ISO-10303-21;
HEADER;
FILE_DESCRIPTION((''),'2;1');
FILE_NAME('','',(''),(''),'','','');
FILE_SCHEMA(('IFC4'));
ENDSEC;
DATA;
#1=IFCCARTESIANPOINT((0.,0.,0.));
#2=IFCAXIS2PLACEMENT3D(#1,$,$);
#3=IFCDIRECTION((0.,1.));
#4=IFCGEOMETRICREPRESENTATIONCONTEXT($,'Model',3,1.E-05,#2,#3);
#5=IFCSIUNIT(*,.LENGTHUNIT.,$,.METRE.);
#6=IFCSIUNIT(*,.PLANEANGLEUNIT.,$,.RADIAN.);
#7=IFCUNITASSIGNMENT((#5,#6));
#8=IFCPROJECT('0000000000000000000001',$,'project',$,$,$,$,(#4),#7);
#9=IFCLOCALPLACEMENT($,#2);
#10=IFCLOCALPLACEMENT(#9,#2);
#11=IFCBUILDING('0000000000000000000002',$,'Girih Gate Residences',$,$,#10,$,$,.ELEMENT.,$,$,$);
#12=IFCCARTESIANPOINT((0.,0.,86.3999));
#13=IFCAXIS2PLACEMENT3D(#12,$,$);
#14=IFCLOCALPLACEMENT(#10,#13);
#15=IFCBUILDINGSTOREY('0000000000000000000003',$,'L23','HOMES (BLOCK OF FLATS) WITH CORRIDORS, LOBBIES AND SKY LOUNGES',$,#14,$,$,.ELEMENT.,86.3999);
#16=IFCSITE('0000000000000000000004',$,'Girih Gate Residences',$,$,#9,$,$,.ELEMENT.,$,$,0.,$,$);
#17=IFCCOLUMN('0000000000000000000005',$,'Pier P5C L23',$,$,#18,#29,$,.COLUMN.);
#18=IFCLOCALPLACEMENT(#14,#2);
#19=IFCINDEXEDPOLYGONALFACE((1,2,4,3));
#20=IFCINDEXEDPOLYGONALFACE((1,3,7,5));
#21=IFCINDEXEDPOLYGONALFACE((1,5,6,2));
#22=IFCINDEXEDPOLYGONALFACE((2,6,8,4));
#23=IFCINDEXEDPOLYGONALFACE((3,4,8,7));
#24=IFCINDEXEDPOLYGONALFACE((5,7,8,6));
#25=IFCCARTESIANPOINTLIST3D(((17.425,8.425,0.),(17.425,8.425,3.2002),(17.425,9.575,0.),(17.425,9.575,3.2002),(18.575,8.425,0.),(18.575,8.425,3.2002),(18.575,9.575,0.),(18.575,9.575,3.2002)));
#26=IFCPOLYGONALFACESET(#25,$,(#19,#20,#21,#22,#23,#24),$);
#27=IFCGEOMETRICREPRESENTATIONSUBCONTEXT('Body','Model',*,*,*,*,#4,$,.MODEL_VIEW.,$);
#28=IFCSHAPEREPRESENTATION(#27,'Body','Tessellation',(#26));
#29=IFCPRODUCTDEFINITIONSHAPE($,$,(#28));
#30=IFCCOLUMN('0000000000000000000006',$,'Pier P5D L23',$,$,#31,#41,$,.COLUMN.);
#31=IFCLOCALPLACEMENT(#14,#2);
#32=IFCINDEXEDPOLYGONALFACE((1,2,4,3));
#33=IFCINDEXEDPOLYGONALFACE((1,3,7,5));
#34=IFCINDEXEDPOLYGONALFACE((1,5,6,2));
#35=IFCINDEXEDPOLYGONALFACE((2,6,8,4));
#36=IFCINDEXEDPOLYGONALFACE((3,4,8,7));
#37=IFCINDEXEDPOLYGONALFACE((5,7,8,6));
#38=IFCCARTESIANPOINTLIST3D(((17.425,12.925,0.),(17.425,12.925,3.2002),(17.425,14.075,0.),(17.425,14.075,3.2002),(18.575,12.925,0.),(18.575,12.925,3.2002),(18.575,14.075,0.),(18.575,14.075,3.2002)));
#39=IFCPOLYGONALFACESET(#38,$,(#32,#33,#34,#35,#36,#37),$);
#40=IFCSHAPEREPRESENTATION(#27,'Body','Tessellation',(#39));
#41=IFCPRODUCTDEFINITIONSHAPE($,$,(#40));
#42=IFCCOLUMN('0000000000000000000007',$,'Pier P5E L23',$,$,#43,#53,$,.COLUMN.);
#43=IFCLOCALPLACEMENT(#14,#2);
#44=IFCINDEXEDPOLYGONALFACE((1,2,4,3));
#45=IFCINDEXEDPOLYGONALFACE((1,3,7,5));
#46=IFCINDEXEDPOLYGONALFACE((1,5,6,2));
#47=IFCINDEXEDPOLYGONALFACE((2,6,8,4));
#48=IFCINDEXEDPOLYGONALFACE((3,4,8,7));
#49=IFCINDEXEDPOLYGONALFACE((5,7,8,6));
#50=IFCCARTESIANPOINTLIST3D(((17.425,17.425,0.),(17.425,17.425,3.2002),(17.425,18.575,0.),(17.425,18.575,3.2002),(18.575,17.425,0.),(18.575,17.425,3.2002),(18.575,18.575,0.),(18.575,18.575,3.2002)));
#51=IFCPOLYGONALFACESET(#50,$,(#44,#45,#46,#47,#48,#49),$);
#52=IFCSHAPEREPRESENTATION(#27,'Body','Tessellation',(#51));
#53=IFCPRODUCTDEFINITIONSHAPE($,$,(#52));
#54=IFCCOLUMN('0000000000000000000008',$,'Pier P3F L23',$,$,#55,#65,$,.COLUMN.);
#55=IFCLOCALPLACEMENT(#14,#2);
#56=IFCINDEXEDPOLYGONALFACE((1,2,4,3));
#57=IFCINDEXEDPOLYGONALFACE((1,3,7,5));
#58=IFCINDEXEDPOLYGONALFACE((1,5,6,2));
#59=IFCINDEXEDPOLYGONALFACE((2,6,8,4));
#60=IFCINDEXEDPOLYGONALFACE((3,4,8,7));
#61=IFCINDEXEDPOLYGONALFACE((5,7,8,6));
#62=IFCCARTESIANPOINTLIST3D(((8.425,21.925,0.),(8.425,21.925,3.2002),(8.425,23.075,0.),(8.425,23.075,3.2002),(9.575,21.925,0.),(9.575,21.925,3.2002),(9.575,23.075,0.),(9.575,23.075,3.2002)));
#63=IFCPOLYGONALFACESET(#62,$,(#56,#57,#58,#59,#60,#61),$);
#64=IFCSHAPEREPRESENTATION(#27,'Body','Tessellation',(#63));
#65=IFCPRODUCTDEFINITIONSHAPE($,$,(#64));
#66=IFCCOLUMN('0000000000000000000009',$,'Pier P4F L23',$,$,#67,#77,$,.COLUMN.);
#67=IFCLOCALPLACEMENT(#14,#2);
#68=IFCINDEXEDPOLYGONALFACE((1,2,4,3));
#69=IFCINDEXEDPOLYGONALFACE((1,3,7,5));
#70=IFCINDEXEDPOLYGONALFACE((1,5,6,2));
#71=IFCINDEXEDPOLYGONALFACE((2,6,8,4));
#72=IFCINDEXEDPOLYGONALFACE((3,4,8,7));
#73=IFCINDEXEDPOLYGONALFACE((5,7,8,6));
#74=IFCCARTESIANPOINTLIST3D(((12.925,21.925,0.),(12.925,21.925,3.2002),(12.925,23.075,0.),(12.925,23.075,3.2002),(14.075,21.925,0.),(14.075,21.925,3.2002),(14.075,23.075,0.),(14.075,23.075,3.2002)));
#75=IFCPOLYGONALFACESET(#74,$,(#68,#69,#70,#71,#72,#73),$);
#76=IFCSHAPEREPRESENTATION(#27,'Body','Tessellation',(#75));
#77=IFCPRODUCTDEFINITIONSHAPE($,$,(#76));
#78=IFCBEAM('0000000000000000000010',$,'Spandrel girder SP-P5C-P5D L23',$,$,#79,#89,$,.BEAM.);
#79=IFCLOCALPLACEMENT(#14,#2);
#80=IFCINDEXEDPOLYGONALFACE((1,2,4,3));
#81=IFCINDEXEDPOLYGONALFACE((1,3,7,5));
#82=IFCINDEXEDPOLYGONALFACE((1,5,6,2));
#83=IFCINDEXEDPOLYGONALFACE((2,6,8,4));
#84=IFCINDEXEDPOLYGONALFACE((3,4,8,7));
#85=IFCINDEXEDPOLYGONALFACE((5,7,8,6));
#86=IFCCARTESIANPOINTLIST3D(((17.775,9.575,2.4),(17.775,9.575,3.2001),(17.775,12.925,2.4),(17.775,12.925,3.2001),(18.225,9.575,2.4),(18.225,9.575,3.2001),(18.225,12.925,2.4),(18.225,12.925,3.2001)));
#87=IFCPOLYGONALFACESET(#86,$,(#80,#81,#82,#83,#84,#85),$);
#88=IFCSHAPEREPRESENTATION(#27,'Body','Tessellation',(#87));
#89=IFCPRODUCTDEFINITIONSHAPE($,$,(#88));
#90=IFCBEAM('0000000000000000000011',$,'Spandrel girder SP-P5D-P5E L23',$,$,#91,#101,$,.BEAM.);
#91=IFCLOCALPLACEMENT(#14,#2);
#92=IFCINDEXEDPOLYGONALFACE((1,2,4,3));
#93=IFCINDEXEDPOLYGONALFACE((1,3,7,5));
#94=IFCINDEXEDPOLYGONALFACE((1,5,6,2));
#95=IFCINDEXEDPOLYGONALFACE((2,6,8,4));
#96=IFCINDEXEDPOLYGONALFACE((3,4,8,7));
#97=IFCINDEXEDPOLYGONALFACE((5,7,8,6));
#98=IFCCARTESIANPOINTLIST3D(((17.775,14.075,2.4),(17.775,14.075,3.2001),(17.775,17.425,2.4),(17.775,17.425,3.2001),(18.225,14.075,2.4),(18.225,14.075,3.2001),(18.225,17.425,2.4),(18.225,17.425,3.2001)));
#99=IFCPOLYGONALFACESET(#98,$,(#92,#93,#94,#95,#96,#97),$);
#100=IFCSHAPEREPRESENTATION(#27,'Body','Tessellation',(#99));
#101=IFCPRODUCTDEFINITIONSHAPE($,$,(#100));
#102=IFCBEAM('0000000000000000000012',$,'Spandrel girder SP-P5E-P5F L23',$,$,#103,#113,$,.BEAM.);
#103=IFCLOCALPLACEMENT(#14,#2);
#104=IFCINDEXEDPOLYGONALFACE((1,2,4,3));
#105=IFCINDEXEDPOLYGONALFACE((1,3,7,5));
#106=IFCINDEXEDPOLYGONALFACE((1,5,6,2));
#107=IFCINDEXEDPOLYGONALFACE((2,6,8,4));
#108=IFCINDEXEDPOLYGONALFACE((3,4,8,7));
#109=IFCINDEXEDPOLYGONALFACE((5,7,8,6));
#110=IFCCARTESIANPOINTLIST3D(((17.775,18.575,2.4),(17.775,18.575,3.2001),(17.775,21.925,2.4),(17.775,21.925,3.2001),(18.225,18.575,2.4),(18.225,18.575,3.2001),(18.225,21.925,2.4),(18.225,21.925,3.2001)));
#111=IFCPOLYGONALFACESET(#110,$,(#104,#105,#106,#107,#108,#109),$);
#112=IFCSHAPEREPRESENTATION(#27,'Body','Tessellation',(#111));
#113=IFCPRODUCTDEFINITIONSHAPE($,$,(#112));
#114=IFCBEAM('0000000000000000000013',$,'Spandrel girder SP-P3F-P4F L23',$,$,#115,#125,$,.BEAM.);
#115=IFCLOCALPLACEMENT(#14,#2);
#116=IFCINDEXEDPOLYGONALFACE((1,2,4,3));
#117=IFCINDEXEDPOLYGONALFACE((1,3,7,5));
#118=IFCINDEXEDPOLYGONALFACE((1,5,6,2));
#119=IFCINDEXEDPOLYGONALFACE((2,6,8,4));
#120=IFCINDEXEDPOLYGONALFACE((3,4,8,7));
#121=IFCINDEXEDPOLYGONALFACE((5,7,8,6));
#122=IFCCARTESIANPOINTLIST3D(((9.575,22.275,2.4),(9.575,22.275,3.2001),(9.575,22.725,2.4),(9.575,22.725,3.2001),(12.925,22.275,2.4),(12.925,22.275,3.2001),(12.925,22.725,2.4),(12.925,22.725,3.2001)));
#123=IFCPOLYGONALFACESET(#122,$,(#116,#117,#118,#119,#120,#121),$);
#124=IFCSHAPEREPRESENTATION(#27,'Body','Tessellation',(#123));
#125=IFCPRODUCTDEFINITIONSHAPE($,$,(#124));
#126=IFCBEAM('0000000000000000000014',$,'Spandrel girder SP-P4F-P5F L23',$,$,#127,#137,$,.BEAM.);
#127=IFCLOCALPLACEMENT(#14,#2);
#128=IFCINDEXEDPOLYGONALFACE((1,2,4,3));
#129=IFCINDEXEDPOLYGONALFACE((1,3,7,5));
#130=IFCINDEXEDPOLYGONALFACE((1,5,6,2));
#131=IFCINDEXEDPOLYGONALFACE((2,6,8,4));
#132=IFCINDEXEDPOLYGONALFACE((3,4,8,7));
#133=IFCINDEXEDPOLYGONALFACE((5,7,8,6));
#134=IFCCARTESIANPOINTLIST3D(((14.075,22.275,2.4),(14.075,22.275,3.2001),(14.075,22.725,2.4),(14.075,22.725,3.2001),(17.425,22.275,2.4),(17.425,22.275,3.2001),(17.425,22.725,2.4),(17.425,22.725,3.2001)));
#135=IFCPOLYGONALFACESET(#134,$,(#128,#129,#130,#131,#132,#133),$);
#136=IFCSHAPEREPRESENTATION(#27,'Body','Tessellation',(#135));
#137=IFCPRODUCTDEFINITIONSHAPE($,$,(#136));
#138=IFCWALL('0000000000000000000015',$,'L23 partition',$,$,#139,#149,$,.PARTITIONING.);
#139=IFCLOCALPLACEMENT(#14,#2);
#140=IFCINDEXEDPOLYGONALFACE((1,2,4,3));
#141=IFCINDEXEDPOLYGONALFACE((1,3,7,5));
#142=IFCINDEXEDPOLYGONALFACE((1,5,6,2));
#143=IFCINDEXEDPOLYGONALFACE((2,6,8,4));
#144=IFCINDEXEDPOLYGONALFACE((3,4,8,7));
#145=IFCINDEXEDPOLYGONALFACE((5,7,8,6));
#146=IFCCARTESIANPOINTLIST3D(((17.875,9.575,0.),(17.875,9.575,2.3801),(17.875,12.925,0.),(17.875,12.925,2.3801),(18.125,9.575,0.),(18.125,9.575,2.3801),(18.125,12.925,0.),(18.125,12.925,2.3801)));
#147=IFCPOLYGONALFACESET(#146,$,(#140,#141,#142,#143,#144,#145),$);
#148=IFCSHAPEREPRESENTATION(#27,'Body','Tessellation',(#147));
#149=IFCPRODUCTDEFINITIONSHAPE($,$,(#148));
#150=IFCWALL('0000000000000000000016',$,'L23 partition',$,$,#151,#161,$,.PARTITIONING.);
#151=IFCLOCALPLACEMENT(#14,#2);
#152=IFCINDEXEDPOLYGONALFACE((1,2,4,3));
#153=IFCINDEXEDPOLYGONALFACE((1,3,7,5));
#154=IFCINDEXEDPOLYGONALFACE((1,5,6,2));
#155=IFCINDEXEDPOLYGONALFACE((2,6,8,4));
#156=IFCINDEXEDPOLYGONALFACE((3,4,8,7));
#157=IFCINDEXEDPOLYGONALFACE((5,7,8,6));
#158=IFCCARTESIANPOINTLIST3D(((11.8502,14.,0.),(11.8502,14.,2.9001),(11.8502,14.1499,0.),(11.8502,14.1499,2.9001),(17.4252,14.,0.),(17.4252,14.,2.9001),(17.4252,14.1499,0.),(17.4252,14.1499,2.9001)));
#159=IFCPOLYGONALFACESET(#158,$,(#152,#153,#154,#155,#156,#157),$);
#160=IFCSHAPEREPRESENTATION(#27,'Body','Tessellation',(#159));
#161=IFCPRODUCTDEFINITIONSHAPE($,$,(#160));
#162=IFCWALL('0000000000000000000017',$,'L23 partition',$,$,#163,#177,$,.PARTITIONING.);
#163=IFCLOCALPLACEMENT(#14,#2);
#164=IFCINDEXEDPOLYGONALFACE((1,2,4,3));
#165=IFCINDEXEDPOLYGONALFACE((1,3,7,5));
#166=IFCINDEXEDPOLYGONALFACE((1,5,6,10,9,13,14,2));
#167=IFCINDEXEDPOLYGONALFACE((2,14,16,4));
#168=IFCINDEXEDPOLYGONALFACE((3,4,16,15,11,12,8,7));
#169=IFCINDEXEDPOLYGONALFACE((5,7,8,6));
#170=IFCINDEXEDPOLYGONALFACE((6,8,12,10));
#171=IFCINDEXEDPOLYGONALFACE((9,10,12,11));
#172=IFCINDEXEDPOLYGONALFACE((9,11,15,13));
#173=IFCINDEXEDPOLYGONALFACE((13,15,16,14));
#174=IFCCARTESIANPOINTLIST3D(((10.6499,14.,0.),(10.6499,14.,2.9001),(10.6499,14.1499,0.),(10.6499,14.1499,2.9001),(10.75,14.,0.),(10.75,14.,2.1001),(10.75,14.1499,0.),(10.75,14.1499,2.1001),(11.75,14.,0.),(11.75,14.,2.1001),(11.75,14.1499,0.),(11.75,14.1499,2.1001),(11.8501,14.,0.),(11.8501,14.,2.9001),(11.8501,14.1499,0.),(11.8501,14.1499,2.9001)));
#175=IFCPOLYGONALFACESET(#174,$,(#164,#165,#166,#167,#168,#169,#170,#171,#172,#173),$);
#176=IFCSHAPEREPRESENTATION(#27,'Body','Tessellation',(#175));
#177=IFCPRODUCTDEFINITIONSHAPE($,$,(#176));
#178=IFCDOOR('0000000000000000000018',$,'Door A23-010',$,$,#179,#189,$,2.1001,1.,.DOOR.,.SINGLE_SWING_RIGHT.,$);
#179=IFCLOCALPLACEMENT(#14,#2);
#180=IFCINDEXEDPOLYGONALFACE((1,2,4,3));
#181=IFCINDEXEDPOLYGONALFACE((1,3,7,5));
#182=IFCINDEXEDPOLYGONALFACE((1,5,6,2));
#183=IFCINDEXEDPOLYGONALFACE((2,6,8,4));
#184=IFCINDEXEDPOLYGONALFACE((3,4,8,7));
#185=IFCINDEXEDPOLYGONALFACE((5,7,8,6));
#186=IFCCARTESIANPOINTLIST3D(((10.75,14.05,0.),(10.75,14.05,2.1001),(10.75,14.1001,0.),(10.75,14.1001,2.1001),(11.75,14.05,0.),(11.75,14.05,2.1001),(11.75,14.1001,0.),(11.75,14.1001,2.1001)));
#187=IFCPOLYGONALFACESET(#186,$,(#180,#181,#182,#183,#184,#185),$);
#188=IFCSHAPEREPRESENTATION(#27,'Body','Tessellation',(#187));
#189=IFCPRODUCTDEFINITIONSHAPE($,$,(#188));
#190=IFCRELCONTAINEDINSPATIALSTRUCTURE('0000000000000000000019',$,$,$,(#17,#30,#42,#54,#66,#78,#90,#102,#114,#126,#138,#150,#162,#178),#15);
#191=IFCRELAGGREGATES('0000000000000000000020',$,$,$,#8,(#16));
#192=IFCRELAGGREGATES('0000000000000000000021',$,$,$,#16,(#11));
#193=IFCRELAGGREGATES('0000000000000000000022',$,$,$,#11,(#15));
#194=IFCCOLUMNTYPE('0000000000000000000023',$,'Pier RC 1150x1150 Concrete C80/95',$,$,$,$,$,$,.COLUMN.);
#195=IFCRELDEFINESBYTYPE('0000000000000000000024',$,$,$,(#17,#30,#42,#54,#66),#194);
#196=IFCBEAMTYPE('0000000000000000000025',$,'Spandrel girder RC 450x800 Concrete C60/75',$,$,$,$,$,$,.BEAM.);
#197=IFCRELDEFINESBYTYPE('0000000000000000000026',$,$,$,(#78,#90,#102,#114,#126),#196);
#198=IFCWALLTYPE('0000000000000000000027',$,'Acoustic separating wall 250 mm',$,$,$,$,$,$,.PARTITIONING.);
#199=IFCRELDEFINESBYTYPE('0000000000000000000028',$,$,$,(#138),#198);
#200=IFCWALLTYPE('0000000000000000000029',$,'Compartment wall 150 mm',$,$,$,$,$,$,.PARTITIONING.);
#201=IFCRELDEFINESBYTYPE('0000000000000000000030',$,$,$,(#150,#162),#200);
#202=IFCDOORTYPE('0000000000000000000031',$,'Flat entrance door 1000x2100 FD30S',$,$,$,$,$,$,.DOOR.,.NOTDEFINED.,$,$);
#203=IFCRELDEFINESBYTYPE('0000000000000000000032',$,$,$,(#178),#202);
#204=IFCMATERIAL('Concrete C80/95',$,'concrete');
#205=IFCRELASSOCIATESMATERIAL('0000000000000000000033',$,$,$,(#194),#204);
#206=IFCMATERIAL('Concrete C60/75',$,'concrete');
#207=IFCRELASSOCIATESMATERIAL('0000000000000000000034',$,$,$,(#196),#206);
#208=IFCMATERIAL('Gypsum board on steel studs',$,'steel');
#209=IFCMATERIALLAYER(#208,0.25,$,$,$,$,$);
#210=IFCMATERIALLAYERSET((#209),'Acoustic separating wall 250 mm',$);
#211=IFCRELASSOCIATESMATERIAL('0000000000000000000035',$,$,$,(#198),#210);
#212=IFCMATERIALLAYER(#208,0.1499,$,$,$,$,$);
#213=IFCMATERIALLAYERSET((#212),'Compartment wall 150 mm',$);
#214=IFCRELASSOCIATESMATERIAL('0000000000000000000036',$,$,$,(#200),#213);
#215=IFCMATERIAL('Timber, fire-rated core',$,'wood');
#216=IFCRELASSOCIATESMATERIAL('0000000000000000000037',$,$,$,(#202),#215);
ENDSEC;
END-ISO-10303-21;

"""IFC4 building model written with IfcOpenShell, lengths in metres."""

from ifc_helpers import new_model, si_unit, direction, frame, frame_2d, origin, origin_2d, place, context, subcontext, project, spatial, rectangle, extrude, material, layer, layer_set, material_profile, profile_set, type_object, element, fill, save


model = new_model("IFC4")

# Units and contexts
model_context = context("Model", 3, precision=1e-05, world=origin(), true_north=direction((0.0, 1.0)))
body_context = subcontext(model_context, "Body", "Model", "MODEL_VIEW")
ifc_project = project(units=[si_unit("LENGTHUNIT", "METRE"), si_unit("PLANEANGLEUNIT", "RADIAN")], contexts=[model_context])

# Site, building, storey
site_placement = place(None, origin())
site = spatial("IfcSite", under=ifc_project, at=site_placement, Name="Girih Gate Residences", CompositionType="ELEMENT", RefElevation=0.0)
building_placement = place(site_placement, origin())
building = spatial("IfcBuilding", under=site, at=building_placement, Name="Girih Gate Residences", CompositionType="ELEMENT")
storey_placement = place(building_placement, frame((0.0, 0.0, 86.3999)))
storey = spatial("IfcBuildingStorey", under=building, at=storey_placement, Name="L23", Description="HOMES (BLOCK OF FLATS) WITH CORRIDORS, LOBBIES AND SKY LOUNGES", CompositionType="ELEMENT", Elevation=86.3999)

# Columns
ifc_material_1 = material(Name="Concrete C80/95", Category="concrete")
ifc_material_profile_1 = material_profile(ifc_material_1, rectangle(XDim=1.1499, YDim=1.1499, at=origin_2d()))
ifc_profile_set_1 = profile_set([ifc_material_profile_1], Name="Concrete C80/95")
column_type = type_object("IfcColumnType", Name="Pier RC 1150x1150 Concrete C80/95", PredefinedType="COLUMN", material=ifc_profile_set_1)
for number, where, z_axis, x_axis, name in (
    (1, (18.0, 9.0, 0.0), (0.0, 0.0, 1.0), (1.0, 0.0, 0.0), "Pier P5C L23"),
    (2, (18.0, 13.5, 0.0), (0.0, 0.0, 1.0), (1.0, 0.0, 0.0), "Pier P5D L23"),
    (3, (18.0, 18.0, 0.0), (0.0, 0.0, 1.0), (1.0, 0.0, 0.0), "Pier P5E L23"),
    (4, (9.0, 22.5, 0.0), (0.0, 0.0, 1.0), (1.0, 0.0, 0.0), "Pier P3F L23"),
    (5, (13.5, 22.5, 0.0), (0.0, 0.0, 1.0), (1.0, 0.0, 0.0), "Pier P4F L23"),
):
    element("IfcColumn", number, at=place(storey_placement, frame(where, z_axis=z_axis, x_axis=x_axis)), inside=storey, type_object=column_type, Name=name, PredefinedType="COLUMN", context=body_context, shape_type="SweptSolid", body=[
        extrude(rectangle(XDim=1.1499, YDim=1.1499, at=origin_2d()), origin(), (0.0, 0.0, 1.0), 3.2002),
    ])

# Beams
ifc_material_2 = material(Name="Concrete C60/75", Category="concrete")
ifc_material_profile_2 = material_profile(ifc_material_2, rectangle(XDim=0.45, YDim=0.8, at=origin_2d()))
ifc_profile_set_2 = profile_set([ifc_material_profile_2], Name="Concrete C60/75")
beam_type = type_object("IfcBeamType", Name="Spandrel girder RC 450x800 Concrete C60/75", PredefinedType="BEAM", material=ifc_profile_set_2)
for number, where, z_axis, x_axis, name in (
    (6, (18.0, 9.575, 2.8), (0.0, 1.0, 0.0), (-1.0, 0.0, 0.0), "Spandrel girder SP-P5C-P5D L23"),
    (7, (18.0, 14.075, 2.8), (0.0, 1.0, 0.0), (-1.0, 0.0, 0.0), "Spandrel girder SP-P5D-P5E L23"),
    (8, (18.0, 18.575, 2.8), (0.0, 1.0, 0.0), (-1.0, 0.0, 0.0), "Spandrel girder SP-P5E-P5F L23"),
    (9, (9.575, 22.5, 2.8), (1.0, 0.0, 0.0), (0.0, 1.0, 0.0), "Spandrel girder SP-P3F-P4F L23"),
    (10, (14.075, 22.5, 2.8), (1.0, 0.0, 0.0), (0.0, 1.0, 0.0), "Spandrel girder SP-P4F-P5F L23"),
):
    element("IfcBeam", number, at=place(storey_placement, frame(where, z_axis=z_axis, x_axis=x_axis)), inside=storey, type_object=beam_type, Name=name, PredefinedType="BEAM", context=body_context, shape_type="SweptSolid", body=[
        extrude(rectangle(XDim=0.45, YDim=0.8, at=origin_2d()), origin(), (0.0, 0.0, 1.0), 3.3501),
    ])

# Walls
ifc_material_3 = material(Name="Gypsum board on steel studs", Category="steel")
ifc_layer_1 = layer(ifc_material_3, 0.25)
ifc_layer_set_1 = layer_set([ifc_layer_1], Name="Acoustic separating wall 250 mm")
wall_type_1 = type_object("IfcWallType", Name="Acoustic separating wall 250 mm", PredefinedType="PARTITIONING", material=ifc_layer_set_1)
wall_1_placement = place(storey_placement, frame((18.0, 9.575, 0.0), z_axis=(0.0, 0.0, 1.0), x_axis=(0.0, 1.0, 0.0)))
element("IfcWall", 11, at=wall_1_placement, inside=storey, type_object=wall_type_1, Name="L23 partition", PredefinedType="PARTITIONING", context=body_context, shape_type="SweptSolid", body=[
    extrude(rectangle(XDim=3.3501, YDim=0.25, at=frame_2d((1.675, 0.0))), origin(), (0.0, 0.0, 1.0), 2.3801),
])
ifc_layer_2 = layer(ifc_material_3, 0.1499)
ifc_layer_set_2 = layer_set([ifc_layer_2], Name="Compartment wall 150 mm")
wall_type_2 = type_object("IfcWallType", Name="Compartment wall 150 mm", PredefinedType="PARTITIONING", material=ifc_layer_set_2)
wall_2_placement = place(storey_placement, frame((11.8501, 14.075, 0.0), z_axis=(0.0, 0.0, 1.0), x_axis=(1.0, 0.0, 0.0)))
element("IfcWall", 12, at=wall_2_placement, inside=storey, type_object=wall_type_2, Name="L23 partition", PredefinedType="PARTITIONING", context=body_context, shape_type="SweptSolid", body=[
    extrude(rectangle(XDim=5.575, YDim=0.1499, at=frame_2d((2.7876, 0.0))), origin(), (0.0, 0.0, 1.0), 2.9001),
])

# Wall, opening, door
wall_3_placement = place(storey_placement, frame((11.8501, 14.075, 0.0), z_axis=(0.0, 0.0, 1.0), x_axis=(-1.0, 0.0, 0.0)))
wall_3 = element("IfcWall", 13, at=wall_3_placement, inside=storey, type_object=wall_type_2, Name="L23 partition", PredefinedType="PARTITIONING", context=body_context, shape_type="SweptSolid", body=[
    extrude(rectangle(XDim=1.2002, YDim=0.1499, at=frame_2d((0.6001, 0.0))), origin(), (0.0, 0.0, 1.0), 2.9001),
])
opening_1_placement = place(wall_3_placement, frame((0.1001, 0.0, 0.0)))
opening_1 = element("IfcOpeningElement", 14, at=opening_1_placement, cuts=wall_3, PredefinedType="OPENING", context=body_context, shape_type="SweptSolid", body=[
    extrude(rectangle(XDim=1.0, YDim=2.1001, at=frame_2d((0.5, 1.05))), frame((0.0, 0.085, 0.0), z_axis=(0.0, -1.0, 0.0), x_axis=(1.0, 0.0, 0.0)), (0.0, 0.0, 1.0), 0.1699),
])
ifc_material_4 = material(Name="Timber, fire-rated core", Category="wood")
door_type_1 = type_object("IfcDoorType", Name="Flat entrance door 1000x2100 FD30S", OperationType="NOTDEFINED", PredefinedType="DOOR", material=ifc_material_4)
door_1_placement = place(opening_1_placement, origin())
door_1 = element("IfcDoor", 15, at=door_1_placement, inside=storey, type_object=door_type_1, Name="Door A23-010", OperationType="SINGLE_SWING_RIGHT", OverallHeight=2.1001, OverallWidth=1.0, PredefinedType="DOOR", context=body_context, shape_type="SweptSolid", body=[
    extrude(rectangle(XDim=1.0, YDim=2.1001, at=frame_2d((0.5, 1.05))), frame((0.0, 0.0249, 0.0), z_axis=(0.0, -1.0, 0.0), x_axis=(1.0, 0.0, 0.0)), (0.0, 0.0, 1.0), 0.05),
])
fill(opening_1, door_1)

save(model, "model.ifc")
